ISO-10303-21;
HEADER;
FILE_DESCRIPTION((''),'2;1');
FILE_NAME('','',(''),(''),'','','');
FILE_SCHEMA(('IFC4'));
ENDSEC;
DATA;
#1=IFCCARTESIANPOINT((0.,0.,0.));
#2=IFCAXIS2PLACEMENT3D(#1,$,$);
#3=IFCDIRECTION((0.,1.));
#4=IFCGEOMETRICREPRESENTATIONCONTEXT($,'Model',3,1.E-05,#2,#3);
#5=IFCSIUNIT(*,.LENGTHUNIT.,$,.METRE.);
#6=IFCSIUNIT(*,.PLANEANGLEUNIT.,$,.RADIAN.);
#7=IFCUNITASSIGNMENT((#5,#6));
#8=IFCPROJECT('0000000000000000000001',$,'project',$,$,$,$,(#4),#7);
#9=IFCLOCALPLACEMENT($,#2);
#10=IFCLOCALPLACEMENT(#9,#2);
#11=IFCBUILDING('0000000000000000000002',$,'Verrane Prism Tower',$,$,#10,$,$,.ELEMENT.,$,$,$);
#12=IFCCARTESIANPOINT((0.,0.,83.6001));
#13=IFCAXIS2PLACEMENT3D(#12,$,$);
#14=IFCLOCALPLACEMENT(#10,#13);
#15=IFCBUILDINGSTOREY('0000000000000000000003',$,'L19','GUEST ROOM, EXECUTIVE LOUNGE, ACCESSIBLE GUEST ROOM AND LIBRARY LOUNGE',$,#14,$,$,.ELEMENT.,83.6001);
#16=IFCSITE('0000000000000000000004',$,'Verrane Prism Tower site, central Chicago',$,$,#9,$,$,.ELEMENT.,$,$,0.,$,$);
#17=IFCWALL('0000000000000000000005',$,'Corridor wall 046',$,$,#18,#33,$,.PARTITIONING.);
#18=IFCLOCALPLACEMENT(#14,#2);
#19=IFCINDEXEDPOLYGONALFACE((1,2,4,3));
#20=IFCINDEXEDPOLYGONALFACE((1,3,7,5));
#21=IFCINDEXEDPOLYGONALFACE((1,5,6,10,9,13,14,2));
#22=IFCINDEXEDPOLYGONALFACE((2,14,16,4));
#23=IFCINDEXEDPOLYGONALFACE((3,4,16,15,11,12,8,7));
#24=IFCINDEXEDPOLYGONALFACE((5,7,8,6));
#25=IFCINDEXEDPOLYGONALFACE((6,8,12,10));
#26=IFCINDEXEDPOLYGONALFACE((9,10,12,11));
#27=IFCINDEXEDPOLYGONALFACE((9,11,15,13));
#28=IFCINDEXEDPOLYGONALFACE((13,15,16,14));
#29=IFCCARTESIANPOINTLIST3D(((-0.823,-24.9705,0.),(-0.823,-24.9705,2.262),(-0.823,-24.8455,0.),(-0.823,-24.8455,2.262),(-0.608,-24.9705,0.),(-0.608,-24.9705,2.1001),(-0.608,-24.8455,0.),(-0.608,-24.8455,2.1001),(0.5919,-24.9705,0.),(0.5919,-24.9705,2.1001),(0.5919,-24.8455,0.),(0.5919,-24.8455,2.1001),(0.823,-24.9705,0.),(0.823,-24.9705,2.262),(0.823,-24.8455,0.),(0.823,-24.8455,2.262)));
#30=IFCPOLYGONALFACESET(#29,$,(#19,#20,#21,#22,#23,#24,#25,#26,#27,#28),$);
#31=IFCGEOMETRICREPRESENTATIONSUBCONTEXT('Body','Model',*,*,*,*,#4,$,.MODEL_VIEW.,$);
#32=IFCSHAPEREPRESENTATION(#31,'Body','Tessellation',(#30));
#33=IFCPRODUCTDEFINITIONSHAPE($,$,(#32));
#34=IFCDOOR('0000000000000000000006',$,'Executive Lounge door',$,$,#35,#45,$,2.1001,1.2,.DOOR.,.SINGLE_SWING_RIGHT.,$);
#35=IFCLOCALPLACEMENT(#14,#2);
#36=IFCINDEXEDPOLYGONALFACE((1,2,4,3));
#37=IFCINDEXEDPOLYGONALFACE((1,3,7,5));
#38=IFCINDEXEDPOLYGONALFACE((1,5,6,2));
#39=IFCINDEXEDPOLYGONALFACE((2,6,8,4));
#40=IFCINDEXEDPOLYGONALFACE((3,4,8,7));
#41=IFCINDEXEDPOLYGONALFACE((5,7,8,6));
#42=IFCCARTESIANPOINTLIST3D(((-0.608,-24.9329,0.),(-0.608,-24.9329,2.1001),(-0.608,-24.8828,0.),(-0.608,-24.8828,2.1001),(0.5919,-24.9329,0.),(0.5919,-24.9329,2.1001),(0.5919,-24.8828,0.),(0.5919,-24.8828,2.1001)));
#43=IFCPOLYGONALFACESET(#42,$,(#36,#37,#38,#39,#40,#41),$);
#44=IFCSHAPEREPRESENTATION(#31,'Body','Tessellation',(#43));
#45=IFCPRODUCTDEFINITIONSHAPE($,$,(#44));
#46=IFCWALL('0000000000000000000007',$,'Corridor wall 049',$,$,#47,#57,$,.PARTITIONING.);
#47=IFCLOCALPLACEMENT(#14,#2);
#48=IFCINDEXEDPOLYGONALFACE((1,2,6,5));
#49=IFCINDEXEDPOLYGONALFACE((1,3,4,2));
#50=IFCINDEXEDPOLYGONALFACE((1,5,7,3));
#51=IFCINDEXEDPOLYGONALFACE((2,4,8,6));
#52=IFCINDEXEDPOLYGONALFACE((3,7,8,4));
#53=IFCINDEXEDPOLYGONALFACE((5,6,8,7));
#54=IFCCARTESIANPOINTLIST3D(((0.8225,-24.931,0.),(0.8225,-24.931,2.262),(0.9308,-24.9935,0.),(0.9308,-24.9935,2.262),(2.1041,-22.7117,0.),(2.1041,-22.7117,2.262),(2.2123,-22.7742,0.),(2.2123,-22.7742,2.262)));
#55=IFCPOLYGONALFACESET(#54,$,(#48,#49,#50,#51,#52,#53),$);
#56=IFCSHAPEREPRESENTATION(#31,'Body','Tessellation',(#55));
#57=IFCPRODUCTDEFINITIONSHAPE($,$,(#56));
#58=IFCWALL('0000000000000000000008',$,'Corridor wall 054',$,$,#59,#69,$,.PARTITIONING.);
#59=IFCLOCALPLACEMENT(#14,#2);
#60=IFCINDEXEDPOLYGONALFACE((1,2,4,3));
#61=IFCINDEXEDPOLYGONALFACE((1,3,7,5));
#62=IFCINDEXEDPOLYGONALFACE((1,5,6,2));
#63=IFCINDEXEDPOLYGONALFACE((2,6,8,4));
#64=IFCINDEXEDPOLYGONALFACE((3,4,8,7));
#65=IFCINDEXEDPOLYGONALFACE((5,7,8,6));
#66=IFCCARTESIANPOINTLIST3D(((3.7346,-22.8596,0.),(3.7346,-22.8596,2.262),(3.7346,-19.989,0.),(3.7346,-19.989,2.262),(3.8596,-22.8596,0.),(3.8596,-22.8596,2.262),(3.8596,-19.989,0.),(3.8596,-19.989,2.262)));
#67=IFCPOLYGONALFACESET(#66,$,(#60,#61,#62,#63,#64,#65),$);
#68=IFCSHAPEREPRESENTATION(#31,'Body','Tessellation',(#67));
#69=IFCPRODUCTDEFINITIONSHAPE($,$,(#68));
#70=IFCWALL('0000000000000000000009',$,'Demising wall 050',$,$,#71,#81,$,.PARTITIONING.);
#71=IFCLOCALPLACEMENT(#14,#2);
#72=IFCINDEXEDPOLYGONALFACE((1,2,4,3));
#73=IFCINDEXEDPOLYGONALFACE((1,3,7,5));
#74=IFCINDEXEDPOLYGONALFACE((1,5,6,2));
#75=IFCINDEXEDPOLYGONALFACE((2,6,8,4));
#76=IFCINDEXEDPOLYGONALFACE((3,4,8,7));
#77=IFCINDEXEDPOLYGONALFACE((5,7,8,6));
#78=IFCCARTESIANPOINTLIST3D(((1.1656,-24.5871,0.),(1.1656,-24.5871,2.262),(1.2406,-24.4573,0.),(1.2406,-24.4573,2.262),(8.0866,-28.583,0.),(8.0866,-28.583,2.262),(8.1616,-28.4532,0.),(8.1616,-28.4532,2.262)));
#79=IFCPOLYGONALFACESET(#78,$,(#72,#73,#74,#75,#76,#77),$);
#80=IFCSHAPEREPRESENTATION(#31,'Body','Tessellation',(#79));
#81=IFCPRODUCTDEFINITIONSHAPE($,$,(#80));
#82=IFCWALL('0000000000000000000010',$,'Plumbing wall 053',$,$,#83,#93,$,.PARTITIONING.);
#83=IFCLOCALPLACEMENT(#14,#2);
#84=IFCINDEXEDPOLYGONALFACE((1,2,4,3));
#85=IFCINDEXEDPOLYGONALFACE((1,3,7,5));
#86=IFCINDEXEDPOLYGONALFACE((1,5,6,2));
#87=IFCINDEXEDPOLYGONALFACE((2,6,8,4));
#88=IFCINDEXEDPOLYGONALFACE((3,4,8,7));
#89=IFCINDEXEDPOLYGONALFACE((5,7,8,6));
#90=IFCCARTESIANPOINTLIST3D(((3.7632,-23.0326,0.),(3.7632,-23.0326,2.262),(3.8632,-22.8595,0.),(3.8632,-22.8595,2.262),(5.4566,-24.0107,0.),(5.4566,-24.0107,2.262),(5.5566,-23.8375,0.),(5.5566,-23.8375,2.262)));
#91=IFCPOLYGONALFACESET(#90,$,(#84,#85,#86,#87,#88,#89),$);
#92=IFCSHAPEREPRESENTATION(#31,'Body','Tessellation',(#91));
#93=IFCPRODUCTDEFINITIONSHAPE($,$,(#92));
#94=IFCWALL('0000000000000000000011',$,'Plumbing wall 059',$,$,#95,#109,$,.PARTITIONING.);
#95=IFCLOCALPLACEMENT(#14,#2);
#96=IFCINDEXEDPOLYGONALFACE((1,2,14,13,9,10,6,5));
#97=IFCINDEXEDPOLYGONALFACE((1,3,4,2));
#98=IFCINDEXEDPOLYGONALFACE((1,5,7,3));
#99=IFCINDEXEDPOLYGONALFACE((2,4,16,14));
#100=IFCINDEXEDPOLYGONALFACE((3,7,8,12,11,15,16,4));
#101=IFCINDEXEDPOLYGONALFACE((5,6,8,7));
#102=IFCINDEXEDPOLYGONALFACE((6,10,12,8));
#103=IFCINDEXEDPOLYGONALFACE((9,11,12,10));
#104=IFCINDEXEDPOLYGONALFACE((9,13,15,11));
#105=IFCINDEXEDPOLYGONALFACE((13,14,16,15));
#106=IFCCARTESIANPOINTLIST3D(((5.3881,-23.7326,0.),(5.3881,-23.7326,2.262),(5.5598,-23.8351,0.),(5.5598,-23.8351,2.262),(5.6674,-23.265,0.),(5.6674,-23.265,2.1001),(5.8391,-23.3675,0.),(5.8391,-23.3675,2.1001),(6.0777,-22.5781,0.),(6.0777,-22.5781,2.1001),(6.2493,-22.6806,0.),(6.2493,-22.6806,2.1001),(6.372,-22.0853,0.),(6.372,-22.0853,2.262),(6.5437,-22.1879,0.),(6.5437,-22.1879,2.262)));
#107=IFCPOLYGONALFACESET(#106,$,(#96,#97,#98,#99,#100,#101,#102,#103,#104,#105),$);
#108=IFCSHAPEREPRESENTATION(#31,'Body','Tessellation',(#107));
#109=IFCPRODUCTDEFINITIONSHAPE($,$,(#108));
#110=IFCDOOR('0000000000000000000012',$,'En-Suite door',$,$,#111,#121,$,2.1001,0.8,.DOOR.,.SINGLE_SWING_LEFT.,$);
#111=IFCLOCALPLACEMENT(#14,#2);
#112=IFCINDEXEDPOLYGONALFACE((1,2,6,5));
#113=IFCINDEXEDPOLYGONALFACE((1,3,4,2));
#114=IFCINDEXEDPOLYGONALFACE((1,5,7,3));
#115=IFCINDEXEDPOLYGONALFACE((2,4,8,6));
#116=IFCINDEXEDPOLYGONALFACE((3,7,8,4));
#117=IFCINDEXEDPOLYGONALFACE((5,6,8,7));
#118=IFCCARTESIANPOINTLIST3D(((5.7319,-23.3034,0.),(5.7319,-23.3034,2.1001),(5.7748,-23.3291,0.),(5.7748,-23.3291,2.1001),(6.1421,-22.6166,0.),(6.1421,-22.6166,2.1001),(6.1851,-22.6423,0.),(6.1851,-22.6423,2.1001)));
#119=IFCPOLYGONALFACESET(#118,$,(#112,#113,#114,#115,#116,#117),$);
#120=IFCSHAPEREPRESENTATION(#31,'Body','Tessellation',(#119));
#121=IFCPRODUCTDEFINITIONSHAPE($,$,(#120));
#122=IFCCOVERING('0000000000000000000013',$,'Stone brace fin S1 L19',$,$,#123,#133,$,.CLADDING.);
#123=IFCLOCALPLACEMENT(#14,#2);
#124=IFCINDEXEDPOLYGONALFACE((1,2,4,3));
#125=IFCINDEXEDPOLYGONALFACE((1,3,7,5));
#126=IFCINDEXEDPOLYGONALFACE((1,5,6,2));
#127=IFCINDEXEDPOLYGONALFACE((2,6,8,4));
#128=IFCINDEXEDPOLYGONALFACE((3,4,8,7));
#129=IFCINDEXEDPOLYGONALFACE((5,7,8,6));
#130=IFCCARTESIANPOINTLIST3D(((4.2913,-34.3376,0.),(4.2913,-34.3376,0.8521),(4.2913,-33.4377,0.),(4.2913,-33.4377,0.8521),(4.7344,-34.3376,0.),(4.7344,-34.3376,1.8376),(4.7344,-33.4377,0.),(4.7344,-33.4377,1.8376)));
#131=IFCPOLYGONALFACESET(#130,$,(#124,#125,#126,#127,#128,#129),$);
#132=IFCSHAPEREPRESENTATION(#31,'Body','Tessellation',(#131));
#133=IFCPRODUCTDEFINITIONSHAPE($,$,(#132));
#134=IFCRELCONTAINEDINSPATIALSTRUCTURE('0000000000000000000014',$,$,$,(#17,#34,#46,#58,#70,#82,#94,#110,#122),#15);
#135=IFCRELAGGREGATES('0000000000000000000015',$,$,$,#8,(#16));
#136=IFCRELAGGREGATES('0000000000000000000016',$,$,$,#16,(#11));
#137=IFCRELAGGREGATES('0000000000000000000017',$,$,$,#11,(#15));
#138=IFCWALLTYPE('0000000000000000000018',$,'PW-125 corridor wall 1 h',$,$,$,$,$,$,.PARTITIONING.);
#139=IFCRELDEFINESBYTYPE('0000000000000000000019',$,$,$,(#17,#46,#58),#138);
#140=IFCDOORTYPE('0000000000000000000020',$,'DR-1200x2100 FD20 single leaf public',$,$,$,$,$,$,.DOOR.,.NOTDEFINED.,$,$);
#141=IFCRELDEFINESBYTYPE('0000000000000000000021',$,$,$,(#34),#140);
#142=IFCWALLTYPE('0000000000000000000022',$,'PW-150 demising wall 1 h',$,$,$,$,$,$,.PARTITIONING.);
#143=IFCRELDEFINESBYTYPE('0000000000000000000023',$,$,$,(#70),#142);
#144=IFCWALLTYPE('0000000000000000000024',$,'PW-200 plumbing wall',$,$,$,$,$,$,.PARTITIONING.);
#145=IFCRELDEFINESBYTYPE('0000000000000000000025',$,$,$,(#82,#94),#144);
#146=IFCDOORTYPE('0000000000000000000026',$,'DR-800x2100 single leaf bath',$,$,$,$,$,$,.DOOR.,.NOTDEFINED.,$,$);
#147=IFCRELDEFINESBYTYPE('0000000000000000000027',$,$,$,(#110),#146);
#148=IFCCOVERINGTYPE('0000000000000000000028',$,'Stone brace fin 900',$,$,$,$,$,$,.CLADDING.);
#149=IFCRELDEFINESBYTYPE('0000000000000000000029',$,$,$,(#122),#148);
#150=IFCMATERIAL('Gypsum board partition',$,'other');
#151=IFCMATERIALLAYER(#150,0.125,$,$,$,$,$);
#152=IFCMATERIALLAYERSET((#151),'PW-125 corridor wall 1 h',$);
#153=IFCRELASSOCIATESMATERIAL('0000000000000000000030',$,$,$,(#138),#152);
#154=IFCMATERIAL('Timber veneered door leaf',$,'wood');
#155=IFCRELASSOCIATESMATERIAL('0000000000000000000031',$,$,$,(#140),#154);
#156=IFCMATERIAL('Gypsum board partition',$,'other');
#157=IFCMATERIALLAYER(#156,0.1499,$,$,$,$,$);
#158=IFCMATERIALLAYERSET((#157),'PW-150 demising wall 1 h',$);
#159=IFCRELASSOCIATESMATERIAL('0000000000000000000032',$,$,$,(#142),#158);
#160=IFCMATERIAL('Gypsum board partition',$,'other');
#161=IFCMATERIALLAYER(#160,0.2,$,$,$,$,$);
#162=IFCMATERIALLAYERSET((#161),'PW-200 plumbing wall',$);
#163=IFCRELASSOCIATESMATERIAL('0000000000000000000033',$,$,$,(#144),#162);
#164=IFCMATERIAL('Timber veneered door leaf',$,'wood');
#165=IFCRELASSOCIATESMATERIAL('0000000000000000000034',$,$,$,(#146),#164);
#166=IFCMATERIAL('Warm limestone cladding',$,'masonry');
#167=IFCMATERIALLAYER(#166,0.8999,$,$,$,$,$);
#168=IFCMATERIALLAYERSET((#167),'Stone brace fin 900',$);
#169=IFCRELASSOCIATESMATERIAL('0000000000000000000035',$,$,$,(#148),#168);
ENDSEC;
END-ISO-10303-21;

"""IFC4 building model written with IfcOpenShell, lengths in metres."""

from ifc_helpers import new_model, si_unit, direction, frame, frame_2d, origin, place, context, subcontext, project, spatial, polyline, rectangle, outline, extrude, material, layer, layer_set, type_object, element, fill, save


model = new_model("IFC4")

# Units and contexts
model_context = context("Model", 3, precision=1e-05, world=origin(), true_north=direction((0.0, 1.0)))
body_context = subcontext(model_context, "Body", "Model", "MODEL_VIEW")
ifc_project = project(units=[si_unit("LENGTHUNIT", "METRE"), si_unit("PLANEANGLEUNIT", "RADIAN")], contexts=[model_context])

# Site, building, storey
site_placement = place(None, origin())
site = spatial("IfcSite", under=ifc_project, at=site_placement, Name="Verrane Prism Tower site, central Chicago", CompositionType="ELEMENT", RefElevation=0.0)
building_placement = place(site_placement, origin())
building = spatial("IfcBuilding", under=site, at=building_placement, Name="Verrane Prism Tower", CompositionType="ELEMENT")
storey_placement = place(building_placement, frame((0.0, 0.0, 83.6001)))
storey = spatial("IfcBuildingStorey", under=building, at=storey_placement, Name="L19", Description="GUEST ROOM, EXECUTIVE LOUNGE, ACCESSIBLE GUEST ROOM AND LIBRARY LOUNGE", CompositionType="ELEMENT", Elevation=83.6001)

# Wall, opening, door
ifc_material_1 = material(Name="Gypsum board partition", Category="other")
ifc_layer_1 = layer(ifc_material_1, 0.125)
ifc_layer_set_1 = layer_set([ifc_layer_1], Name="PW-125 corridor wall 1 h")
wall_type_1 = type_object("IfcWallType", Name="PW-125 corridor wall 1 h", PredefinedType="PARTITIONING", material=ifc_layer_set_1)
wall_1_placement = place(storey_placement, frame((0.823, -24.908, 0.0), z_axis=(0.0, 0.0, 1.0), x_axis=(-1.0, 0.0, 0.0)))
wall_1 = element("IfcWall", 1, at=wall_1_placement, inside=storey, type_object=wall_type_1, Name="Corridor wall 046", PredefinedType="PARTITIONING", context=body_context, shape_type="SweptSolid", body=[
    extrude(rectangle(XDim=1.646, YDim=0.125, at=frame_2d((0.823, 0.0))), origin(), (0.0, 0.0, 1.0), 2.262),
])
opening_1_placement = place(wall_1_placement, frame((0.231, 0.0, 0.0)))
opening_1 = element("IfcOpeningElement", 2, at=opening_1_placement, cuts=wall_1, PredefinedType="OPENING", context=body_context, shape_type="SweptSolid", body=[
    extrude(rectangle(XDim=1.2, YDim=2.1001, at=frame_2d((0.6001, 1.05))), frame((0.0, 0.0725, 0.0), z_axis=(0.0, -1.0, 0.0), x_axis=(1.0, 0.0, 0.0)), (0.0, 0.0, 1.0), 0.145),
])
ifc_material_2 = material(Name="Timber veneered door leaf", Category="wood")
door_type_1 = type_object("IfcDoorType", Name="DR-1200x2100 FD20 single leaf public", OperationType="NOTDEFINED", PredefinedType="DOOR", material=ifc_material_2)
door_1_placement = place(opening_1_placement, origin())
door_1 = element("IfcDoor", 3, at=door_1_placement, inside=storey, type_object=door_type_1, Name="Executive Lounge door", OperationType="SINGLE_SWING_RIGHT", OverallHeight=2.1001, OverallWidth=1.2, PredefinedType="DOOR", context=body_context, shape_type="SweptSolid", body=[
    extrude(rectangle(XDim=1.2, YDim=2.1001, at=frame_2d((0.6001, 1.05))), frame((0.0, 0.0249, 0.0), z_axis=(0.0, -1.0, 0.0), x_axis=(1.0, 0.0, 0.0)), (0.0, 0.0, 1.0), 0.05),
])
fill(opening_1, door_1)

# Walls
wall_2_placement = place(storey_placement, frame((0.8767, -24.9622, 0.0), z_axis=(0.0, 0.0, 1.0), x_axis=(0.500063, 0.865989, 0.0)))
element("IfcWall", 4, at=wall_2_placement, inside=storey, type_object=wall_type_1, Name="Corridor wall 049", PredefinedType="PARTITIONING", context=body_context, shape_type="SweptSolid", body=[
    extrude(rectangle(XDim=2.5627, YDim=0.125, at=frame_2d((1.2812, 0.0))), origin(), (0.0, 0.0, 1.0), 2.262),
])
wall_3_placement = place(storey_placement, frame((3.7971, -22.8596, 0.0), z_axis=(0.0, 0.0, 1.0), x_axis=(0.0, 1.0, 0.0)))
element("IfcWall", 5, at=wall_3_placement, inside=storey, type_object=wall_type_1, Name="Corridor wall 054", PredefinedType="PARTITIONING", context=body_context, shape_type="SweptSolid", body=[
    extrude(rectangle(XDim=2.8706, YDim=0.125, at=frame_2d((1.4353, 0.0))), origin(), (0.0, 0.0, 1.0), 2.262),
])
ifc_material_3 = material(Name="Gypsum board partition", Category="other")
ifc_layer_2 = layer(ifc_material_3, 0.1499)
ifc_layer_set_2 = layer_set([ifc_layer_2], Name="PW-150 demising wall 1 h")
wall_type_2 = type_object("IfcWallType", Name="PW-150 demising wall 1 h", PredefinedType="PARTITIONING", material=ifc_layer_set_2)
wall_4_placement = place(storey_placement, frame((1.2031, -24.5222, 0.0), z_axis=(0.0, 0.0, 1.0), x_axis=(0.866022, -0.500006, 0.0)))
element("IfcWall", 6, at=wall_4_placement, inside=storey, type_object=wall_type_2, Name="Demising wall 050", PredefinedType="PARTITIONING", context=body_context, shape_type="SweptSolid", body=[
    extrude(rectangle(XDim=7.9917, YDim=0.1499, at=frame_2d((3.9958, 0.0))), origin(), (0.0, 0.0, 1.0), 2.262),
])
ifc_material_4 = material(Name="Gypsum board partition", Category="other")
ifc_layer_3 = layer(ifc_material_4, 0.2)
ifc_layer_set_3 = layer_set([ifc_layer_3], Name="PW-200 plumbing wall")
wall_type_3 = type_object("IfcWallType", Name="PW-200 plumbing wall", PredefinedType="PARTITIONING", material=ifc_layer_set_3)
wall_5_placement = place(storey_placement, frame((3.8132, -22.946, 0.0), z_axis=(0.0, 0.0, 1.0), x_axis=(0.865944, -0.50014, 0.0)))
element("IfcWall", 7, at=wall_5_placement, inside=storey, type_object=wall_type_3, Name="Plumbing wall 053", PredefinedType="PARTITIONING", context=body_context, shape_type="SweptSolid", body=[
    extrude(rectangle(XDim=1.9556, YDim=0.2, at=frame_2d((0.9778, 0.0))), origin(), (0.0, 0.0, 1.0), 2.262),
])

# Wall, opening, door
wall_6_placement = place(storey_placement, frame((5.4739, -23.7839, 0.0), z_axis=(0.0, 0.0, 1.0), x_axis=(0.512792, 0.858513, 0.0)))
wall_6 = element("IfcWall", 8, at=wall_6_placement, inside=storey, type_object=wall_type_3, Name="Plumbing wall 059", PredefinedType="PARTITIONING", context=body_context, shape_type="SweptSolid", body=[
    extrude(rectangle(XDim=1.9187, YDim=0.2, at=frame_2d((0.9595, 0.0))), origin(), (0.0, 0.0, 1.0), 2.262),
])
opening_2_placement = place(wall_6_placement, frame((0.5449, 0.0, 0.0)))
opening_2 = element("IfcOpeningElement", 9, at=opening_2_placement, cuts=wall_6, PredefinedType="OPENING", context=body_context, shape_type="SweptSolid", body=[
    extrude(rectangle(XDim=0.8, YDim=2.1001, at=frame_2d((0.3999, 1.05))), frame((0.0, 0.1099, 0.0), z_axis=(0.0, -1.0, 0.0), x_axis=(1.0, 0.0, 0.0)), (0.0, 0.0, 1.0), 0.22),
])
ifc_material_5 = material(Name="Timber veneered door leaf", Category="wood")
door_type_2 = type_object("IfcDoorType", Name="DR-800x2100 single leaf bath", OperationType="NOTDEFINED", PredefinedType="DOOR", material=ifc_material_5)
door_2_placement = place(opening_2_placement, origin())
door_2 = element("IfcDoor", 10, at=door_2_placement, inside=storey, type_object=door_type_2, Name="En-Suite door", OperationType="SINGLE_SWING_LEFT", OverallHeight=2.1001, OverallWidth=0.8, PredefinedType="DOOR", context=body_context, shape_type="SweptSolid", body=[
    extrude(rectangle(XDim=0.8, YDim=2.1001, at=frame_2d((0.3999, 1.05))), frame((0.0, 0.0249, 0.0), z_axis=(0.0, -1.0, 0.0), x_axis=(1.0, 0.0, 0.0)), (0.0, 0.0, 1.0), 0.05),
])
fill(opening_2, door_2)

# Covering
ifc_material_6 = material(Name="Warm limestone cladding", Category="masonry")
ifc_layer_4 = layer(ifc_material_6, 0.8999)
ifc_layer_set_4 = layer_set([ifc_layer_4], Name="Stone brace fin 900")
covering_type = type_object("IfcCoveringType", Name="Stone brace fin 900", PredefinedType="CLADDING", material=ifc_layer_set_4)
covering_placement = place(storey_placement, frame((4.2913, -33.8877, 0.0), z_axis=(0.0, 0.0, 1.0), x_axis=(1.0, 0.0, 0.0)))
element("IfcCovering", 11, at=covering_placement, inside=storey, type_object=covering_type, Name="Stone brace fin S1 L19", PredefinedType="CLADDING", context=body_context, shape_type="SweptSolid", body=[
    extrude(outline(polyline([(0.0, 0.0), (0.4431, 0.0), (0.4431, 1.8376), (0.0, 0.8521), (0.0, 0.0)])), frame((0.0, 0.45, 0.0), z_axis=(0.0, -1.0, 0.0), x_axis=(1.0, 0.0, 0.0)), (0.0, 0.0, 1.0), 0.8999),
])

save(model, "model.ifc")
